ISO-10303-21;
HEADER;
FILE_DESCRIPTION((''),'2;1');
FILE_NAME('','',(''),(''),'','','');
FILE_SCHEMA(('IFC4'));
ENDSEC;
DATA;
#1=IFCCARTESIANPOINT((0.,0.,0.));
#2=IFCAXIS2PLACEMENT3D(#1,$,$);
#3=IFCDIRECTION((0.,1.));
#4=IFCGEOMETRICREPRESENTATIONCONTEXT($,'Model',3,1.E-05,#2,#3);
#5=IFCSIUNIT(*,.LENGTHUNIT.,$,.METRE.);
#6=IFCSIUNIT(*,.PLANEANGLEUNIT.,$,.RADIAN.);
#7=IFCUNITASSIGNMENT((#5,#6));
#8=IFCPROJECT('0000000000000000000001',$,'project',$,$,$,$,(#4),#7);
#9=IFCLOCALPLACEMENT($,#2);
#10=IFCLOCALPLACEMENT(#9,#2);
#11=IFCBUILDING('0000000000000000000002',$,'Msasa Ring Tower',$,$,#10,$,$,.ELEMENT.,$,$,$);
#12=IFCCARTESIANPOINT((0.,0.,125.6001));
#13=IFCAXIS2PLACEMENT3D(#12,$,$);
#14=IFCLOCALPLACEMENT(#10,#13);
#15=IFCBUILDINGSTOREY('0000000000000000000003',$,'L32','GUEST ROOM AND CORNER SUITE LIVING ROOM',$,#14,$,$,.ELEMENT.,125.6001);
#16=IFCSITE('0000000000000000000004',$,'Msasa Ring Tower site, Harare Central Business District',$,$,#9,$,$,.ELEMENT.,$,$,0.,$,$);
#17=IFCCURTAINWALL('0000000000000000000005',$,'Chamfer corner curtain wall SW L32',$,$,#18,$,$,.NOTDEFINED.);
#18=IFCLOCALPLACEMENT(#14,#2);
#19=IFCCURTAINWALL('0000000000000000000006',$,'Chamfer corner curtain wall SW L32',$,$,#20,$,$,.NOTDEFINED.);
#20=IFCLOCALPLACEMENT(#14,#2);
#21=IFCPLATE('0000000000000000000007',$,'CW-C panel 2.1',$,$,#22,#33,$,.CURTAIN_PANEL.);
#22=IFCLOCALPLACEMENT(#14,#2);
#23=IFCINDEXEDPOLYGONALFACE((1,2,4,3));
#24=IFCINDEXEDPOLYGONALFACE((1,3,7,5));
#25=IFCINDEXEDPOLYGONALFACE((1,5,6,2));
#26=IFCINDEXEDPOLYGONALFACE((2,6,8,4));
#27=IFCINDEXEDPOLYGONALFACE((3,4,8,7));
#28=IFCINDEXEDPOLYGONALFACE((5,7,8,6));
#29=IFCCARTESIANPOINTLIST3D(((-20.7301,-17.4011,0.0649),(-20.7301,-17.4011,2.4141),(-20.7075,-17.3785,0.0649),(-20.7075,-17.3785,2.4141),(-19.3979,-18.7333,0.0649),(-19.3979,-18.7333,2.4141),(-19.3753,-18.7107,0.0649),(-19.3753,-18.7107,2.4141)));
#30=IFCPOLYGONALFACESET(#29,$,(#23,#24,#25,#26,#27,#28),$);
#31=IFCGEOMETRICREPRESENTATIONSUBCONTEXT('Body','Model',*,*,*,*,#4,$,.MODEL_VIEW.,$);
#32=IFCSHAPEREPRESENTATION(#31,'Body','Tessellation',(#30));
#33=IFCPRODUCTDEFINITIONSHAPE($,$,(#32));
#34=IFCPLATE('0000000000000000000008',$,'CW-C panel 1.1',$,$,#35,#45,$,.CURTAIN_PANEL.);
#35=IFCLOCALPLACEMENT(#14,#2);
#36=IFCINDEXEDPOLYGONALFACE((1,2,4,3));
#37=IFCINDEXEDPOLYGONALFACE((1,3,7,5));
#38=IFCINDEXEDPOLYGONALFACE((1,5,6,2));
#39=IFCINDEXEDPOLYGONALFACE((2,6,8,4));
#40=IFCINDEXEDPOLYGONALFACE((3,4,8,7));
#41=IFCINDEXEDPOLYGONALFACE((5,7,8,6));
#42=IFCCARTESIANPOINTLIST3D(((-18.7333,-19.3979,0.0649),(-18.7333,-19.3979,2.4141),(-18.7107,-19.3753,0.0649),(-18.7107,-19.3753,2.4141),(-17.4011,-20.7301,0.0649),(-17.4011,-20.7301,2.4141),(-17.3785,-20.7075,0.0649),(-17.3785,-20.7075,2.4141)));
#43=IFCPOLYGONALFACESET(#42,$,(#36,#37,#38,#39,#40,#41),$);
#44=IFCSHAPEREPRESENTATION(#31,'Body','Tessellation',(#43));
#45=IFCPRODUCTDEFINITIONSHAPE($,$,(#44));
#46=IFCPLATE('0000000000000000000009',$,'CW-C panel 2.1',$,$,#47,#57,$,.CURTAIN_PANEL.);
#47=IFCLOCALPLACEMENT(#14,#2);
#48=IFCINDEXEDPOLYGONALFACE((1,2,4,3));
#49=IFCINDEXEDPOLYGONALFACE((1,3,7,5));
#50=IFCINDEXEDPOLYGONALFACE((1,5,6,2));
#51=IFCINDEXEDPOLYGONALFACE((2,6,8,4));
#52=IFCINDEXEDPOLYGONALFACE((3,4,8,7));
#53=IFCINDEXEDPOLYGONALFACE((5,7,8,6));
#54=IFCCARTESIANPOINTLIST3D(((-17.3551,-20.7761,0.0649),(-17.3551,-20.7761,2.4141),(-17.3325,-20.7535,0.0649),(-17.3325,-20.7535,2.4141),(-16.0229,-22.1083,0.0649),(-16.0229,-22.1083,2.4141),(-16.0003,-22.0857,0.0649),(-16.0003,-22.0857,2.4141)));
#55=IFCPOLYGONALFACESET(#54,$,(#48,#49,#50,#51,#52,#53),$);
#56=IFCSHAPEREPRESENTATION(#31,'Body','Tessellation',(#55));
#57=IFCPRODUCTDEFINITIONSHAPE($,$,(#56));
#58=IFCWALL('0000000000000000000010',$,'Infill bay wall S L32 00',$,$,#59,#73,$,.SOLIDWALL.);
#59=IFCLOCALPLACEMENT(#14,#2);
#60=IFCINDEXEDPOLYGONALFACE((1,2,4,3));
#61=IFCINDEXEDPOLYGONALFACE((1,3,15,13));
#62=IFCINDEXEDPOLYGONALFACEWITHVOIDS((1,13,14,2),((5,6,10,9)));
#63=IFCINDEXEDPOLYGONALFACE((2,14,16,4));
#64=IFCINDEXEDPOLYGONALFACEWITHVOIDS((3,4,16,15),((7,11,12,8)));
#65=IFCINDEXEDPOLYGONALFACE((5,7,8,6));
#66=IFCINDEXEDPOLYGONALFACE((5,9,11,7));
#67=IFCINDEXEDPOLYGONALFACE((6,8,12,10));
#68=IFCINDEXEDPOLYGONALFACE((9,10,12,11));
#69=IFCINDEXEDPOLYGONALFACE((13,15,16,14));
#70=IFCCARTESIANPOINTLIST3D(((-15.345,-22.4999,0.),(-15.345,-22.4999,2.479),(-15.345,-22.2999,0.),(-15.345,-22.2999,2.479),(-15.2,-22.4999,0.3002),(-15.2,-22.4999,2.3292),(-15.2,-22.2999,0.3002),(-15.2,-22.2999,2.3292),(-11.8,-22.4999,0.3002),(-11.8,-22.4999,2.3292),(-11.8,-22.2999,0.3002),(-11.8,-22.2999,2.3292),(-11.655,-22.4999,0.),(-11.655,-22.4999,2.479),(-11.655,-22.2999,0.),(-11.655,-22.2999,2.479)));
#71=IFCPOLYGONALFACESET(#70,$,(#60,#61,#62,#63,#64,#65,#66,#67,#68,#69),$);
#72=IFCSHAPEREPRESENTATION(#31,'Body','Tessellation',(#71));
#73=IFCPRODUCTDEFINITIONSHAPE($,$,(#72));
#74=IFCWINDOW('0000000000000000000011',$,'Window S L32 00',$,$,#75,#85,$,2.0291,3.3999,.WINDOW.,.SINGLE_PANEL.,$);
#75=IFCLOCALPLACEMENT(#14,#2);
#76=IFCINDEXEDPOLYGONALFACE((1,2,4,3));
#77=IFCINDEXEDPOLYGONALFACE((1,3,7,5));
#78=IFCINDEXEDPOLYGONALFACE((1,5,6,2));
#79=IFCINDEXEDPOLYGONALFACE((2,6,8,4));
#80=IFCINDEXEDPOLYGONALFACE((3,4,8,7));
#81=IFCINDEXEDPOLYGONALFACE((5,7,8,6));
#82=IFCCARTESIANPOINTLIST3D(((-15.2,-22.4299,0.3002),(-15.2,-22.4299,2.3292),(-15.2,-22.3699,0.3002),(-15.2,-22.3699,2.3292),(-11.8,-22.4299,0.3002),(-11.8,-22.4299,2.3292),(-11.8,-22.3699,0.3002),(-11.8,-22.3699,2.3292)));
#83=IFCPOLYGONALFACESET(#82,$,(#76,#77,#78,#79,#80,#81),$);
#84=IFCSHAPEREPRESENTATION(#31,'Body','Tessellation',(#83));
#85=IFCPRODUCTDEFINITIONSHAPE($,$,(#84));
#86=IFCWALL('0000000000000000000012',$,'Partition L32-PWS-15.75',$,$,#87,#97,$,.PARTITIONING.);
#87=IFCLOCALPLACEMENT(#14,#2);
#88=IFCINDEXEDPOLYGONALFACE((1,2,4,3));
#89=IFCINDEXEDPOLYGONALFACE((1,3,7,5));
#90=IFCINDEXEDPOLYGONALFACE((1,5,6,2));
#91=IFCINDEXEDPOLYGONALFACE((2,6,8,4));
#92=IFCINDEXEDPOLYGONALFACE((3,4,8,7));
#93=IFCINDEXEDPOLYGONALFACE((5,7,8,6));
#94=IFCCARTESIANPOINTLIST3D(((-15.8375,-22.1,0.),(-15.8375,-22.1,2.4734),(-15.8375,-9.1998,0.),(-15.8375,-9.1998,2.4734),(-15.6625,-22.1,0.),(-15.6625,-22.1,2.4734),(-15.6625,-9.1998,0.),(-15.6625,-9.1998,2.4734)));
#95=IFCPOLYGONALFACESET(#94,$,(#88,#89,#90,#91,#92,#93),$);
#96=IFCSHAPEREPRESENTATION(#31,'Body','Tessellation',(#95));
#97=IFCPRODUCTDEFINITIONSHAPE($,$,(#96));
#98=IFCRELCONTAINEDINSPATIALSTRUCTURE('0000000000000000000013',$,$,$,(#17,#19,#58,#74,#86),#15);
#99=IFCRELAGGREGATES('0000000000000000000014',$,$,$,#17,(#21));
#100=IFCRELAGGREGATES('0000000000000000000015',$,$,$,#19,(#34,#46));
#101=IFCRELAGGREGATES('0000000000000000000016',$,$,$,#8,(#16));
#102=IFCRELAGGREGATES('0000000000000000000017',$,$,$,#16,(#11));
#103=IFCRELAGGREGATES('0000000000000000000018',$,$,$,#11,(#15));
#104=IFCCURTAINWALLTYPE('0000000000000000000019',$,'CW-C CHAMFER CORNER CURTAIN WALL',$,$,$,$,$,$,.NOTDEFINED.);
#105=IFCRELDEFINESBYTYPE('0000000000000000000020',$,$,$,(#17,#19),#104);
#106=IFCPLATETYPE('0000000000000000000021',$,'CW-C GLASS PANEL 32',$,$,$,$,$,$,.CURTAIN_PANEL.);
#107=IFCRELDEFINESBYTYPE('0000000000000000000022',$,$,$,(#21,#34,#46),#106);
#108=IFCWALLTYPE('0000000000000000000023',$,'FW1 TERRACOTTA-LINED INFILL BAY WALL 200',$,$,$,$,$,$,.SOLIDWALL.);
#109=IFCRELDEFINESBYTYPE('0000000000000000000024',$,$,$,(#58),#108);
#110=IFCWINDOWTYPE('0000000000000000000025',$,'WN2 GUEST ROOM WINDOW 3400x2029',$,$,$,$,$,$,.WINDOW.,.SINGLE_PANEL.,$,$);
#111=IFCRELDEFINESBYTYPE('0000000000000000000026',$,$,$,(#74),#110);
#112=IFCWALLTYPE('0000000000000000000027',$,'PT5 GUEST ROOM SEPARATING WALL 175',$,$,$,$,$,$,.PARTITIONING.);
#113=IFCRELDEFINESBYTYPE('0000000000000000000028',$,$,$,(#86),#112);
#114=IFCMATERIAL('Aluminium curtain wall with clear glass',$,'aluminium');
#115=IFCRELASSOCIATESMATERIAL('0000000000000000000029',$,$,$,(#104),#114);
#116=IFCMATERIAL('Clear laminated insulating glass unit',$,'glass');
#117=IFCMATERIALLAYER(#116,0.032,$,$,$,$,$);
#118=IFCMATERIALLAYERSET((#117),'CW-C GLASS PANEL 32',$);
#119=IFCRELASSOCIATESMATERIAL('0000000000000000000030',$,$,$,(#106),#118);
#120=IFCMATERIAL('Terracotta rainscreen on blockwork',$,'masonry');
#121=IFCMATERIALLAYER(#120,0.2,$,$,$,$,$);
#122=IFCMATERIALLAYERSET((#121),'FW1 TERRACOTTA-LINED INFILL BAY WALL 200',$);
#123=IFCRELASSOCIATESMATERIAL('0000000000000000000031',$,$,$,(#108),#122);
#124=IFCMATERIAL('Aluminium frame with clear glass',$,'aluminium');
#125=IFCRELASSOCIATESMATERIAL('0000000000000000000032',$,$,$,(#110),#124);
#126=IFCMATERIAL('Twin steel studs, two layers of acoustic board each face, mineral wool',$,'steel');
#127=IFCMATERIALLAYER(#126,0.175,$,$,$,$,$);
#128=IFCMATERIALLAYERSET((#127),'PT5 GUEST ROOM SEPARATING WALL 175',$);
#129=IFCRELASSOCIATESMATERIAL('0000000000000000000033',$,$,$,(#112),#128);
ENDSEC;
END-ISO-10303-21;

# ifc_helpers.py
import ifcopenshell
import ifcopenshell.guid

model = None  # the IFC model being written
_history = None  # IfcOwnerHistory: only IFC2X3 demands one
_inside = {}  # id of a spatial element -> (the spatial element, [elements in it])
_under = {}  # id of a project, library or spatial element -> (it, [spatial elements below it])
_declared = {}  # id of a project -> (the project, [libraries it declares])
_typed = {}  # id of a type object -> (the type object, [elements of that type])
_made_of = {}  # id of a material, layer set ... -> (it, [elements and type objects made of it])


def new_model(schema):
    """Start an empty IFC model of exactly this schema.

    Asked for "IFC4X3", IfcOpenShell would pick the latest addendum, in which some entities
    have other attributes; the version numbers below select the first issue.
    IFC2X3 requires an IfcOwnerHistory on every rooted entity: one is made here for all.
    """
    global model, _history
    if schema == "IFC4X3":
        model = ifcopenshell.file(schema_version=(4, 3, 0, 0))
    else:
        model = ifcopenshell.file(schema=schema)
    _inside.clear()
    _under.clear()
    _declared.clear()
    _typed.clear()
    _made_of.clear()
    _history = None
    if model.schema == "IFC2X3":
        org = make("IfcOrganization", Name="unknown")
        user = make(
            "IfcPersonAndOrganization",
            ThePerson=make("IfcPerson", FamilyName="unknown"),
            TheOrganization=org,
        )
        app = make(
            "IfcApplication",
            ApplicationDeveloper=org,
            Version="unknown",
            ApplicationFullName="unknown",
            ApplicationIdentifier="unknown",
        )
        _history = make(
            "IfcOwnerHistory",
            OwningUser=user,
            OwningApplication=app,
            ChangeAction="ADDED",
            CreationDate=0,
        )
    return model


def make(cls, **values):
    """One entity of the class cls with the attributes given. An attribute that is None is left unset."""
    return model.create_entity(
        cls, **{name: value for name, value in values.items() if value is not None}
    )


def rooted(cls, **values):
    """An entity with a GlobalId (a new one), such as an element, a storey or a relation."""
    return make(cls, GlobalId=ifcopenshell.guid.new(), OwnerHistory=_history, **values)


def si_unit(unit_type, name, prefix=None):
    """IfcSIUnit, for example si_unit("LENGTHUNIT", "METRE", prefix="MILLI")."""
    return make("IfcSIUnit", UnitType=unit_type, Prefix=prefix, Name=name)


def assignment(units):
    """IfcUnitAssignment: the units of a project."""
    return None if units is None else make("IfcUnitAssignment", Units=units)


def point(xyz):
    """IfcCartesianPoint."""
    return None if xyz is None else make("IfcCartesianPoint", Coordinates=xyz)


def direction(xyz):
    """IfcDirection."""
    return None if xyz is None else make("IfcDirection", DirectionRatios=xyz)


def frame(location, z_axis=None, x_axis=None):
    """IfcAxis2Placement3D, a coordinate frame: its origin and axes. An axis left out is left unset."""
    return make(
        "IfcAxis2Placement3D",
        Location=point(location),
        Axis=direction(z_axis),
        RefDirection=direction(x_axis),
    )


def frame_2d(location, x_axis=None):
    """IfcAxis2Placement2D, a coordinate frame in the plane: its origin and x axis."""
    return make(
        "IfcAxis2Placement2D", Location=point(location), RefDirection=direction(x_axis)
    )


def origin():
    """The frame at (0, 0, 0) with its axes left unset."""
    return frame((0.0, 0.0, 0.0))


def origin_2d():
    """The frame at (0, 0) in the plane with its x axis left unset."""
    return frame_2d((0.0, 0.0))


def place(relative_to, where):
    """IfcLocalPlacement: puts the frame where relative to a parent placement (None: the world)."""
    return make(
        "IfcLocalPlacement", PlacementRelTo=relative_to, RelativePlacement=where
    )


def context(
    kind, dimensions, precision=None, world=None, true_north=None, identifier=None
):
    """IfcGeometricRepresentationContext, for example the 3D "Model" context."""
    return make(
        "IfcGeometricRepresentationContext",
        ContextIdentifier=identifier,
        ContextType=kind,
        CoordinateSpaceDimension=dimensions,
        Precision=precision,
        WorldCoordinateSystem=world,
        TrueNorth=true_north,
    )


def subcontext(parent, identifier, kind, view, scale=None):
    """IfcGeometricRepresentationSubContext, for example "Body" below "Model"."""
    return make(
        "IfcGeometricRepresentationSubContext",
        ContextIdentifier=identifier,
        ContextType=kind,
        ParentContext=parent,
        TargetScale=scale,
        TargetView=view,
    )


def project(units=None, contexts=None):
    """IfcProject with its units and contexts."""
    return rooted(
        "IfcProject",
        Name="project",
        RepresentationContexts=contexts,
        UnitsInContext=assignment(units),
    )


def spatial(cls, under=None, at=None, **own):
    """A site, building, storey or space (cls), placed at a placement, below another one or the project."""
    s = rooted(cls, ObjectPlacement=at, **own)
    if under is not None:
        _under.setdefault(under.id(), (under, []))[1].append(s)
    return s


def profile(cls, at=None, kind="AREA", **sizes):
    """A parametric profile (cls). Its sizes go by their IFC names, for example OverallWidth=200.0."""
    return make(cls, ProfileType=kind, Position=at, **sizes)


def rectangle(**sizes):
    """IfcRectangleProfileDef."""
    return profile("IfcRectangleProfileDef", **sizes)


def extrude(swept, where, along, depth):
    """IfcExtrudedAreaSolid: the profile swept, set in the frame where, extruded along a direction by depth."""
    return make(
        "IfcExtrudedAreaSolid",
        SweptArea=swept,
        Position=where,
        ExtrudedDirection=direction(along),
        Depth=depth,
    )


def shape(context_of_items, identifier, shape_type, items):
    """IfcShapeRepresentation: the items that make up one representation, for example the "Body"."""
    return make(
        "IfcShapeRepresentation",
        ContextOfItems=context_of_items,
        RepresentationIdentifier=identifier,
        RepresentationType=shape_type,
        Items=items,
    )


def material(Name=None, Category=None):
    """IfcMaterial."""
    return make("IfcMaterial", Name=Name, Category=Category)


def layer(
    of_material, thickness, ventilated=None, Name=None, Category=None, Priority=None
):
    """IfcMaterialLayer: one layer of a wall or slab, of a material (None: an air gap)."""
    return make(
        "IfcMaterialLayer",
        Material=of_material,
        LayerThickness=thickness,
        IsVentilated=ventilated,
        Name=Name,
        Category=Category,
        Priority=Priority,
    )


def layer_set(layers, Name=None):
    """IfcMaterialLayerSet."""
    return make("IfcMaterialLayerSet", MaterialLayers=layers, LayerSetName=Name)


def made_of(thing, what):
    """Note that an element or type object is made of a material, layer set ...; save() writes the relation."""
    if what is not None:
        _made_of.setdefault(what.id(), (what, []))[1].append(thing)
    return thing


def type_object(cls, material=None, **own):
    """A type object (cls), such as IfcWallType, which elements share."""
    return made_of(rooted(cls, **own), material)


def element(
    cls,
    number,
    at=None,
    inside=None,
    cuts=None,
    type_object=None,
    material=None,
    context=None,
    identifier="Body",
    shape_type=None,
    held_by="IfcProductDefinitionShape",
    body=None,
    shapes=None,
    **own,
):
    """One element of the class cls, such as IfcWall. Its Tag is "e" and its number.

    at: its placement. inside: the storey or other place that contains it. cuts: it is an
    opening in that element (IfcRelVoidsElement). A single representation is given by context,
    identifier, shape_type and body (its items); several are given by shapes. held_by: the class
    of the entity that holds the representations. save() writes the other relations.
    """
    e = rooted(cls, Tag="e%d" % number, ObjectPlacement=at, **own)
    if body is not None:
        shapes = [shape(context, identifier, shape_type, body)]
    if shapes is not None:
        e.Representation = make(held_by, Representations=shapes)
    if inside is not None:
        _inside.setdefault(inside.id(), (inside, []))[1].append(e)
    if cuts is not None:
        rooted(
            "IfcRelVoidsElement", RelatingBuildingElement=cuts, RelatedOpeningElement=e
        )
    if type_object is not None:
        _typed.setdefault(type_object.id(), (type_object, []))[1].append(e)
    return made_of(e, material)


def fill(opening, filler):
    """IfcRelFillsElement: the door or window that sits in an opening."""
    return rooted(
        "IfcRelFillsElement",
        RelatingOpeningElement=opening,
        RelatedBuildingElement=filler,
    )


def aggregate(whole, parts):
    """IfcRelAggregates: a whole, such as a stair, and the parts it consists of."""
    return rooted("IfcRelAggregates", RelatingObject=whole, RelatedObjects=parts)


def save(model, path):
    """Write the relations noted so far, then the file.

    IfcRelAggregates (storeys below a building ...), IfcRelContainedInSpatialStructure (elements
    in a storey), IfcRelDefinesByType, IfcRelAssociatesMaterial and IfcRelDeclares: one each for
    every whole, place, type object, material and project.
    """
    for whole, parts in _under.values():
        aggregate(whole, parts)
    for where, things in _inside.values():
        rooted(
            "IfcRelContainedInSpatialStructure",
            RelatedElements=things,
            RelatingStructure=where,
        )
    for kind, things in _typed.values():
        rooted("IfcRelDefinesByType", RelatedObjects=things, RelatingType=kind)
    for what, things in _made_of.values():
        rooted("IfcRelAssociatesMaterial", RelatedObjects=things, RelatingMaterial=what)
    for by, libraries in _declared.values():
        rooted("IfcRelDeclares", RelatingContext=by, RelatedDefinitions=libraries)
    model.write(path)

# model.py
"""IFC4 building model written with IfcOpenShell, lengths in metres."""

from ifc_helpers import new_model, si_unit, direction, frame, frame_2d, origin, origin_2d, place, context, subcontext, project, spatial, rectangle, extrude, material, layer, layer_set, type_object, element, fill, aggregate, save


model = new_model("IFC4")

# Units and contexts
model_context = context("Model", 3, precision=1e-05, world=origin(), true_north=direction((0.0, 1.0)))
body_context = subcontext(model_context, "Body", "Model", "MODEL_VIEW")
ifc_project = project(units=[si_unit("LENGTHUNIT", "METRE"), si_unit("PLANEANGLEUNIT", "RADIAN")], contexts=[model_context])

# Site, building, storey
site_placement = place(None, origin())
site = spatial("IfcSite", under=ifc_project, at=site_placement, Name="Msasa Ring Tower site, Harare Central Business District", CompositionType="ELEMENT", RefElevation=0.0)
building_placement = place(site_placement, origin())
building = spatial("IfcBuilding", under=site, at=building_placement, Name="Msasa Ring Tower", CompositionType="ELEMENT")
storey_placement = place(building_placement, frame((0.0, 0.0, 125.6001)))
storey = spatial("IfcBuildingStorey", under=building, at=storey_placement, Name="L32", Description="GUEST ROOM AND CORNER SUITE LIVING ROOM", CompositionType="ELEMENT", Elevation=125.6001)

# Curtain walls
ifc_material_1 = material(Name="Aluminium curtain wall with clear glass", Category="aluminium")
curtain_wall_type = type_object("IfcCurtainWallType", Name="CW-C CHAMFER CORNER CURTAIN WALL", PredefinedType="NOTDEFINED", material=ifc_material_1)
curtain_wall_1_placement = place(storey_placement, origin())
curtain_wall_1 = element("IfcCurtainWall", 1, at=curtain_wall_1_placement, inside=storey, type_object=curtain_wall_type, Name="Chamfer corner curtain wall SW L32", PredefinedType="NOTDEFINED")
curtain_wall_2_placement = place(storey_placement, origin())
curtain_wall_2 = element("IfcCurtainWall", 2, at=curtain_wall_2_placement, inside=storey, type_object=curtain_wall_type, Name="Chamfer corner curtain wall SW L32", PredefinedType="NOTDEFINED")

# Plates
ifc_material_2 = material(Name="Clear laminated insulating glass unit", Category="glass")
ifc_layer_1 = layer(ifc_material_2, 0.032)
ifc_layer_set_1 = layer_set([ifc_layer_1], Name="CW-C GLASS PANEL 32")
plate_type = type_object("IfcPlateType", Name="CW-C GLASS PANEL 32", PredefinedType="CURTAIN_PANEL", material=ifc_layer_set_1)
plate_1_placement = place(storey_placement, frame((-20.0527, -18.0559, 0.0649), z_axis=(0.0, 0.0, 1.0), x_axis=(0.707107, -0.707107, 0.0)))
plate_1 = element("IfcPlate", 3, at=plate_1_placement, type_object=plate_type, Name="CW-C panel 2.1", PredefinedType="CURTAIN_PANEL", context=body_context, shape_type="SweptSolid", body=[
    extrude(rectangle(XDim=1.884, YDim=0.032, at=origin_2d()), origin(), (0.0, 0.0, 1.0), 2.3491),
])
aggregate(curtain_wall_1, [plate_1])
plate_2_placement = place(storey_placement, frame((-18.0559, -20.0527, 0.0649), z_axis=(0.0, 0.0, 1.0), x_axis=(0.707107, -0.707107, 0.0)))
plate_2 = element("IfcPlate", 4, at=plate_2_placement, type_object=plate_type, Name="CW-C panel 1.1", PredefinedType="CURTAIN_PANEL", context=body_context, shape_type="SweptSolid", body=[
    extrude(rectangle(XDim=1.884, YDim=0.032, at=origin_2d()), origin(), (0.0, 0.0, 1.0), 2.3491),
])
plate_3_placement = place(storey_placement, frame((-16.6777, -21.4309, 0.0649), z_axis=(0.0, 0.0, 1.0), x_axis=(0.707107, -0.707107, 0.0)))
plate_3 = element("IfcPlate", 5, at=plate_3_placement, type_object=plate_type, Name="CW-C panel 2.1", PredefinedType="CURTAIN_PANEL", context=body_context, shape_type="SweptSolid", body=[
    extrude(rectangle(XDim=1.884, YDim=0.032, at=origin_2d()), origin(), (0.0, 0.0, 1.0), 2.3491),
])
aggregate(curtain_wall_2, [plate_2, plate_3])

# Wall, opening, window
ifc_material_3 = material(Name="Terracotta rainscreen on blockwork", Category="masonry")
ifc_layer_2 = layer(ifc_material_3, 0.2)
ifc_layer_set_2 = layer_set([ifc_layer_2], Name="FW1 TERRACOTTA-LINED INFILL BAY WALL 200")
wall_type_1 = type_object("IfcWallType", Name="FW1 TERRACOTTA-LINED INFILL BAY WALL 200", PredefinedType="SOLIDWALL", material=ifc_layer_set_2)
wall_1_placement = place(storey_placement, frame((-15.345, -22.3999, 0.0), z_axis=(0.0, 0.0, 1.0), x_axis=(1.0, 0.0, 0.0)))
wall_1 = element("IfcWall", 6, at=wall_1_placement, inside=storey, type_object=wall_type_1, Name="Infill bay wall S L32 00", PredefinedType="SOLIDWALL", context=body_context, shape_type="SweptSolid", body=[
    extrude(rectangle(XDim=3.6899, YDim=0.2, at=frame_2d((1.845, 0.0))), origin(), (0.0, 0.0, 1.0), 2.479),
])
opening_placement = place(wall_1_placement, frame((0.145, 0.0, 0.3)))
opening = element("IfcOpeningElement", 7, at=opening_placement, cuts=wall_1, PredefinedType="OPENING", context=body_context, shape_type="SweptSolid", body=[
    extrude(rectangle(XDim=3.3999, YDim=2.0291, at=frame_2d((1.7, 1.0146))), frame((0.0, 0.1099, 0.0), z_axis=(0.0, -1.0, 0.0), x_axis=(1.0, 0.0, 0.0)), (0.0, 0.0, 1.0), 0.22),
])
ifc_material_4 = material(Name="Aluminium frame with clear glass", Category="aluminium")
window_type = type_object("IfcWindowType", Name="WN2 GUEST ROOM WINDOW 3400x2029", PartitioningType="SINGLE_PANEL", PredefinedType="WINDOW", material=ifc_material_4)
window_placement = place(opening_placement, origin())
window = element("IfcWindow", 8, at=window_placement, inside=storey, type_object=window_type, Name="Window S L32 00", OverallHeight=2.0291, OverallWidth=3.3999, PartitioningType="SINGLE_PANEL", PredefinedType="WINDOW", context=body_context, shape_type="SweptSolid", body=[
    extrude(rectangle(XDim=3.3999, YDim=2.0291, at=frame_2d((1.7, 1.0146))), frame((0.0, 0.03, 0.0), z_axis=(0.0, -1.0, 0.0), x_axis=(1.0, 0.0, 0.0)), (0.0, 0.0, 1.0), 0.0601),
])
fill(opening, window)

# Wall
ifc_material_5 = material(Name="Twin steel studs, two layers of acoustic board each face, mineral wool", Category="steel")
ifc_layer_3 = layer(ifc_material_5, 0.175)
ifc_layer_set_3 = layer_set([ifc_layer_3], Name="PT5 GUEST ROOM SEPARATING WALL 175")
wall_type_2 = type_object("IfcWallType", Name="PT5 GUEST ROOM SEPARATING WALL 175", PredefinedType="PARTITIONING", material=ifc_layer_set_3)
wall_2_placement = place(storey_placement, frame((-15.75, -22.1001, 0.0), z_axis=(0.0, 0.0, 1.0), x_axis=(0.0, 1.0, 0.0)))
element("IfcWall", 9, at=wall_2_placement, inside=storey, type_object=wall_type_2, Name="Partition L32-PWS-15.75", PredefinedType="PARTITIONING", context=body_context, shape_type="SweptSolid", body=[
    extrude(rectangle(XDim=12.9001, YDim=0.175, at=frame_2d((6.4502, 0.0))), origin(), (0.0, 0.0, 1.0), 2.4734),
])

save(model, "model.ifc")
